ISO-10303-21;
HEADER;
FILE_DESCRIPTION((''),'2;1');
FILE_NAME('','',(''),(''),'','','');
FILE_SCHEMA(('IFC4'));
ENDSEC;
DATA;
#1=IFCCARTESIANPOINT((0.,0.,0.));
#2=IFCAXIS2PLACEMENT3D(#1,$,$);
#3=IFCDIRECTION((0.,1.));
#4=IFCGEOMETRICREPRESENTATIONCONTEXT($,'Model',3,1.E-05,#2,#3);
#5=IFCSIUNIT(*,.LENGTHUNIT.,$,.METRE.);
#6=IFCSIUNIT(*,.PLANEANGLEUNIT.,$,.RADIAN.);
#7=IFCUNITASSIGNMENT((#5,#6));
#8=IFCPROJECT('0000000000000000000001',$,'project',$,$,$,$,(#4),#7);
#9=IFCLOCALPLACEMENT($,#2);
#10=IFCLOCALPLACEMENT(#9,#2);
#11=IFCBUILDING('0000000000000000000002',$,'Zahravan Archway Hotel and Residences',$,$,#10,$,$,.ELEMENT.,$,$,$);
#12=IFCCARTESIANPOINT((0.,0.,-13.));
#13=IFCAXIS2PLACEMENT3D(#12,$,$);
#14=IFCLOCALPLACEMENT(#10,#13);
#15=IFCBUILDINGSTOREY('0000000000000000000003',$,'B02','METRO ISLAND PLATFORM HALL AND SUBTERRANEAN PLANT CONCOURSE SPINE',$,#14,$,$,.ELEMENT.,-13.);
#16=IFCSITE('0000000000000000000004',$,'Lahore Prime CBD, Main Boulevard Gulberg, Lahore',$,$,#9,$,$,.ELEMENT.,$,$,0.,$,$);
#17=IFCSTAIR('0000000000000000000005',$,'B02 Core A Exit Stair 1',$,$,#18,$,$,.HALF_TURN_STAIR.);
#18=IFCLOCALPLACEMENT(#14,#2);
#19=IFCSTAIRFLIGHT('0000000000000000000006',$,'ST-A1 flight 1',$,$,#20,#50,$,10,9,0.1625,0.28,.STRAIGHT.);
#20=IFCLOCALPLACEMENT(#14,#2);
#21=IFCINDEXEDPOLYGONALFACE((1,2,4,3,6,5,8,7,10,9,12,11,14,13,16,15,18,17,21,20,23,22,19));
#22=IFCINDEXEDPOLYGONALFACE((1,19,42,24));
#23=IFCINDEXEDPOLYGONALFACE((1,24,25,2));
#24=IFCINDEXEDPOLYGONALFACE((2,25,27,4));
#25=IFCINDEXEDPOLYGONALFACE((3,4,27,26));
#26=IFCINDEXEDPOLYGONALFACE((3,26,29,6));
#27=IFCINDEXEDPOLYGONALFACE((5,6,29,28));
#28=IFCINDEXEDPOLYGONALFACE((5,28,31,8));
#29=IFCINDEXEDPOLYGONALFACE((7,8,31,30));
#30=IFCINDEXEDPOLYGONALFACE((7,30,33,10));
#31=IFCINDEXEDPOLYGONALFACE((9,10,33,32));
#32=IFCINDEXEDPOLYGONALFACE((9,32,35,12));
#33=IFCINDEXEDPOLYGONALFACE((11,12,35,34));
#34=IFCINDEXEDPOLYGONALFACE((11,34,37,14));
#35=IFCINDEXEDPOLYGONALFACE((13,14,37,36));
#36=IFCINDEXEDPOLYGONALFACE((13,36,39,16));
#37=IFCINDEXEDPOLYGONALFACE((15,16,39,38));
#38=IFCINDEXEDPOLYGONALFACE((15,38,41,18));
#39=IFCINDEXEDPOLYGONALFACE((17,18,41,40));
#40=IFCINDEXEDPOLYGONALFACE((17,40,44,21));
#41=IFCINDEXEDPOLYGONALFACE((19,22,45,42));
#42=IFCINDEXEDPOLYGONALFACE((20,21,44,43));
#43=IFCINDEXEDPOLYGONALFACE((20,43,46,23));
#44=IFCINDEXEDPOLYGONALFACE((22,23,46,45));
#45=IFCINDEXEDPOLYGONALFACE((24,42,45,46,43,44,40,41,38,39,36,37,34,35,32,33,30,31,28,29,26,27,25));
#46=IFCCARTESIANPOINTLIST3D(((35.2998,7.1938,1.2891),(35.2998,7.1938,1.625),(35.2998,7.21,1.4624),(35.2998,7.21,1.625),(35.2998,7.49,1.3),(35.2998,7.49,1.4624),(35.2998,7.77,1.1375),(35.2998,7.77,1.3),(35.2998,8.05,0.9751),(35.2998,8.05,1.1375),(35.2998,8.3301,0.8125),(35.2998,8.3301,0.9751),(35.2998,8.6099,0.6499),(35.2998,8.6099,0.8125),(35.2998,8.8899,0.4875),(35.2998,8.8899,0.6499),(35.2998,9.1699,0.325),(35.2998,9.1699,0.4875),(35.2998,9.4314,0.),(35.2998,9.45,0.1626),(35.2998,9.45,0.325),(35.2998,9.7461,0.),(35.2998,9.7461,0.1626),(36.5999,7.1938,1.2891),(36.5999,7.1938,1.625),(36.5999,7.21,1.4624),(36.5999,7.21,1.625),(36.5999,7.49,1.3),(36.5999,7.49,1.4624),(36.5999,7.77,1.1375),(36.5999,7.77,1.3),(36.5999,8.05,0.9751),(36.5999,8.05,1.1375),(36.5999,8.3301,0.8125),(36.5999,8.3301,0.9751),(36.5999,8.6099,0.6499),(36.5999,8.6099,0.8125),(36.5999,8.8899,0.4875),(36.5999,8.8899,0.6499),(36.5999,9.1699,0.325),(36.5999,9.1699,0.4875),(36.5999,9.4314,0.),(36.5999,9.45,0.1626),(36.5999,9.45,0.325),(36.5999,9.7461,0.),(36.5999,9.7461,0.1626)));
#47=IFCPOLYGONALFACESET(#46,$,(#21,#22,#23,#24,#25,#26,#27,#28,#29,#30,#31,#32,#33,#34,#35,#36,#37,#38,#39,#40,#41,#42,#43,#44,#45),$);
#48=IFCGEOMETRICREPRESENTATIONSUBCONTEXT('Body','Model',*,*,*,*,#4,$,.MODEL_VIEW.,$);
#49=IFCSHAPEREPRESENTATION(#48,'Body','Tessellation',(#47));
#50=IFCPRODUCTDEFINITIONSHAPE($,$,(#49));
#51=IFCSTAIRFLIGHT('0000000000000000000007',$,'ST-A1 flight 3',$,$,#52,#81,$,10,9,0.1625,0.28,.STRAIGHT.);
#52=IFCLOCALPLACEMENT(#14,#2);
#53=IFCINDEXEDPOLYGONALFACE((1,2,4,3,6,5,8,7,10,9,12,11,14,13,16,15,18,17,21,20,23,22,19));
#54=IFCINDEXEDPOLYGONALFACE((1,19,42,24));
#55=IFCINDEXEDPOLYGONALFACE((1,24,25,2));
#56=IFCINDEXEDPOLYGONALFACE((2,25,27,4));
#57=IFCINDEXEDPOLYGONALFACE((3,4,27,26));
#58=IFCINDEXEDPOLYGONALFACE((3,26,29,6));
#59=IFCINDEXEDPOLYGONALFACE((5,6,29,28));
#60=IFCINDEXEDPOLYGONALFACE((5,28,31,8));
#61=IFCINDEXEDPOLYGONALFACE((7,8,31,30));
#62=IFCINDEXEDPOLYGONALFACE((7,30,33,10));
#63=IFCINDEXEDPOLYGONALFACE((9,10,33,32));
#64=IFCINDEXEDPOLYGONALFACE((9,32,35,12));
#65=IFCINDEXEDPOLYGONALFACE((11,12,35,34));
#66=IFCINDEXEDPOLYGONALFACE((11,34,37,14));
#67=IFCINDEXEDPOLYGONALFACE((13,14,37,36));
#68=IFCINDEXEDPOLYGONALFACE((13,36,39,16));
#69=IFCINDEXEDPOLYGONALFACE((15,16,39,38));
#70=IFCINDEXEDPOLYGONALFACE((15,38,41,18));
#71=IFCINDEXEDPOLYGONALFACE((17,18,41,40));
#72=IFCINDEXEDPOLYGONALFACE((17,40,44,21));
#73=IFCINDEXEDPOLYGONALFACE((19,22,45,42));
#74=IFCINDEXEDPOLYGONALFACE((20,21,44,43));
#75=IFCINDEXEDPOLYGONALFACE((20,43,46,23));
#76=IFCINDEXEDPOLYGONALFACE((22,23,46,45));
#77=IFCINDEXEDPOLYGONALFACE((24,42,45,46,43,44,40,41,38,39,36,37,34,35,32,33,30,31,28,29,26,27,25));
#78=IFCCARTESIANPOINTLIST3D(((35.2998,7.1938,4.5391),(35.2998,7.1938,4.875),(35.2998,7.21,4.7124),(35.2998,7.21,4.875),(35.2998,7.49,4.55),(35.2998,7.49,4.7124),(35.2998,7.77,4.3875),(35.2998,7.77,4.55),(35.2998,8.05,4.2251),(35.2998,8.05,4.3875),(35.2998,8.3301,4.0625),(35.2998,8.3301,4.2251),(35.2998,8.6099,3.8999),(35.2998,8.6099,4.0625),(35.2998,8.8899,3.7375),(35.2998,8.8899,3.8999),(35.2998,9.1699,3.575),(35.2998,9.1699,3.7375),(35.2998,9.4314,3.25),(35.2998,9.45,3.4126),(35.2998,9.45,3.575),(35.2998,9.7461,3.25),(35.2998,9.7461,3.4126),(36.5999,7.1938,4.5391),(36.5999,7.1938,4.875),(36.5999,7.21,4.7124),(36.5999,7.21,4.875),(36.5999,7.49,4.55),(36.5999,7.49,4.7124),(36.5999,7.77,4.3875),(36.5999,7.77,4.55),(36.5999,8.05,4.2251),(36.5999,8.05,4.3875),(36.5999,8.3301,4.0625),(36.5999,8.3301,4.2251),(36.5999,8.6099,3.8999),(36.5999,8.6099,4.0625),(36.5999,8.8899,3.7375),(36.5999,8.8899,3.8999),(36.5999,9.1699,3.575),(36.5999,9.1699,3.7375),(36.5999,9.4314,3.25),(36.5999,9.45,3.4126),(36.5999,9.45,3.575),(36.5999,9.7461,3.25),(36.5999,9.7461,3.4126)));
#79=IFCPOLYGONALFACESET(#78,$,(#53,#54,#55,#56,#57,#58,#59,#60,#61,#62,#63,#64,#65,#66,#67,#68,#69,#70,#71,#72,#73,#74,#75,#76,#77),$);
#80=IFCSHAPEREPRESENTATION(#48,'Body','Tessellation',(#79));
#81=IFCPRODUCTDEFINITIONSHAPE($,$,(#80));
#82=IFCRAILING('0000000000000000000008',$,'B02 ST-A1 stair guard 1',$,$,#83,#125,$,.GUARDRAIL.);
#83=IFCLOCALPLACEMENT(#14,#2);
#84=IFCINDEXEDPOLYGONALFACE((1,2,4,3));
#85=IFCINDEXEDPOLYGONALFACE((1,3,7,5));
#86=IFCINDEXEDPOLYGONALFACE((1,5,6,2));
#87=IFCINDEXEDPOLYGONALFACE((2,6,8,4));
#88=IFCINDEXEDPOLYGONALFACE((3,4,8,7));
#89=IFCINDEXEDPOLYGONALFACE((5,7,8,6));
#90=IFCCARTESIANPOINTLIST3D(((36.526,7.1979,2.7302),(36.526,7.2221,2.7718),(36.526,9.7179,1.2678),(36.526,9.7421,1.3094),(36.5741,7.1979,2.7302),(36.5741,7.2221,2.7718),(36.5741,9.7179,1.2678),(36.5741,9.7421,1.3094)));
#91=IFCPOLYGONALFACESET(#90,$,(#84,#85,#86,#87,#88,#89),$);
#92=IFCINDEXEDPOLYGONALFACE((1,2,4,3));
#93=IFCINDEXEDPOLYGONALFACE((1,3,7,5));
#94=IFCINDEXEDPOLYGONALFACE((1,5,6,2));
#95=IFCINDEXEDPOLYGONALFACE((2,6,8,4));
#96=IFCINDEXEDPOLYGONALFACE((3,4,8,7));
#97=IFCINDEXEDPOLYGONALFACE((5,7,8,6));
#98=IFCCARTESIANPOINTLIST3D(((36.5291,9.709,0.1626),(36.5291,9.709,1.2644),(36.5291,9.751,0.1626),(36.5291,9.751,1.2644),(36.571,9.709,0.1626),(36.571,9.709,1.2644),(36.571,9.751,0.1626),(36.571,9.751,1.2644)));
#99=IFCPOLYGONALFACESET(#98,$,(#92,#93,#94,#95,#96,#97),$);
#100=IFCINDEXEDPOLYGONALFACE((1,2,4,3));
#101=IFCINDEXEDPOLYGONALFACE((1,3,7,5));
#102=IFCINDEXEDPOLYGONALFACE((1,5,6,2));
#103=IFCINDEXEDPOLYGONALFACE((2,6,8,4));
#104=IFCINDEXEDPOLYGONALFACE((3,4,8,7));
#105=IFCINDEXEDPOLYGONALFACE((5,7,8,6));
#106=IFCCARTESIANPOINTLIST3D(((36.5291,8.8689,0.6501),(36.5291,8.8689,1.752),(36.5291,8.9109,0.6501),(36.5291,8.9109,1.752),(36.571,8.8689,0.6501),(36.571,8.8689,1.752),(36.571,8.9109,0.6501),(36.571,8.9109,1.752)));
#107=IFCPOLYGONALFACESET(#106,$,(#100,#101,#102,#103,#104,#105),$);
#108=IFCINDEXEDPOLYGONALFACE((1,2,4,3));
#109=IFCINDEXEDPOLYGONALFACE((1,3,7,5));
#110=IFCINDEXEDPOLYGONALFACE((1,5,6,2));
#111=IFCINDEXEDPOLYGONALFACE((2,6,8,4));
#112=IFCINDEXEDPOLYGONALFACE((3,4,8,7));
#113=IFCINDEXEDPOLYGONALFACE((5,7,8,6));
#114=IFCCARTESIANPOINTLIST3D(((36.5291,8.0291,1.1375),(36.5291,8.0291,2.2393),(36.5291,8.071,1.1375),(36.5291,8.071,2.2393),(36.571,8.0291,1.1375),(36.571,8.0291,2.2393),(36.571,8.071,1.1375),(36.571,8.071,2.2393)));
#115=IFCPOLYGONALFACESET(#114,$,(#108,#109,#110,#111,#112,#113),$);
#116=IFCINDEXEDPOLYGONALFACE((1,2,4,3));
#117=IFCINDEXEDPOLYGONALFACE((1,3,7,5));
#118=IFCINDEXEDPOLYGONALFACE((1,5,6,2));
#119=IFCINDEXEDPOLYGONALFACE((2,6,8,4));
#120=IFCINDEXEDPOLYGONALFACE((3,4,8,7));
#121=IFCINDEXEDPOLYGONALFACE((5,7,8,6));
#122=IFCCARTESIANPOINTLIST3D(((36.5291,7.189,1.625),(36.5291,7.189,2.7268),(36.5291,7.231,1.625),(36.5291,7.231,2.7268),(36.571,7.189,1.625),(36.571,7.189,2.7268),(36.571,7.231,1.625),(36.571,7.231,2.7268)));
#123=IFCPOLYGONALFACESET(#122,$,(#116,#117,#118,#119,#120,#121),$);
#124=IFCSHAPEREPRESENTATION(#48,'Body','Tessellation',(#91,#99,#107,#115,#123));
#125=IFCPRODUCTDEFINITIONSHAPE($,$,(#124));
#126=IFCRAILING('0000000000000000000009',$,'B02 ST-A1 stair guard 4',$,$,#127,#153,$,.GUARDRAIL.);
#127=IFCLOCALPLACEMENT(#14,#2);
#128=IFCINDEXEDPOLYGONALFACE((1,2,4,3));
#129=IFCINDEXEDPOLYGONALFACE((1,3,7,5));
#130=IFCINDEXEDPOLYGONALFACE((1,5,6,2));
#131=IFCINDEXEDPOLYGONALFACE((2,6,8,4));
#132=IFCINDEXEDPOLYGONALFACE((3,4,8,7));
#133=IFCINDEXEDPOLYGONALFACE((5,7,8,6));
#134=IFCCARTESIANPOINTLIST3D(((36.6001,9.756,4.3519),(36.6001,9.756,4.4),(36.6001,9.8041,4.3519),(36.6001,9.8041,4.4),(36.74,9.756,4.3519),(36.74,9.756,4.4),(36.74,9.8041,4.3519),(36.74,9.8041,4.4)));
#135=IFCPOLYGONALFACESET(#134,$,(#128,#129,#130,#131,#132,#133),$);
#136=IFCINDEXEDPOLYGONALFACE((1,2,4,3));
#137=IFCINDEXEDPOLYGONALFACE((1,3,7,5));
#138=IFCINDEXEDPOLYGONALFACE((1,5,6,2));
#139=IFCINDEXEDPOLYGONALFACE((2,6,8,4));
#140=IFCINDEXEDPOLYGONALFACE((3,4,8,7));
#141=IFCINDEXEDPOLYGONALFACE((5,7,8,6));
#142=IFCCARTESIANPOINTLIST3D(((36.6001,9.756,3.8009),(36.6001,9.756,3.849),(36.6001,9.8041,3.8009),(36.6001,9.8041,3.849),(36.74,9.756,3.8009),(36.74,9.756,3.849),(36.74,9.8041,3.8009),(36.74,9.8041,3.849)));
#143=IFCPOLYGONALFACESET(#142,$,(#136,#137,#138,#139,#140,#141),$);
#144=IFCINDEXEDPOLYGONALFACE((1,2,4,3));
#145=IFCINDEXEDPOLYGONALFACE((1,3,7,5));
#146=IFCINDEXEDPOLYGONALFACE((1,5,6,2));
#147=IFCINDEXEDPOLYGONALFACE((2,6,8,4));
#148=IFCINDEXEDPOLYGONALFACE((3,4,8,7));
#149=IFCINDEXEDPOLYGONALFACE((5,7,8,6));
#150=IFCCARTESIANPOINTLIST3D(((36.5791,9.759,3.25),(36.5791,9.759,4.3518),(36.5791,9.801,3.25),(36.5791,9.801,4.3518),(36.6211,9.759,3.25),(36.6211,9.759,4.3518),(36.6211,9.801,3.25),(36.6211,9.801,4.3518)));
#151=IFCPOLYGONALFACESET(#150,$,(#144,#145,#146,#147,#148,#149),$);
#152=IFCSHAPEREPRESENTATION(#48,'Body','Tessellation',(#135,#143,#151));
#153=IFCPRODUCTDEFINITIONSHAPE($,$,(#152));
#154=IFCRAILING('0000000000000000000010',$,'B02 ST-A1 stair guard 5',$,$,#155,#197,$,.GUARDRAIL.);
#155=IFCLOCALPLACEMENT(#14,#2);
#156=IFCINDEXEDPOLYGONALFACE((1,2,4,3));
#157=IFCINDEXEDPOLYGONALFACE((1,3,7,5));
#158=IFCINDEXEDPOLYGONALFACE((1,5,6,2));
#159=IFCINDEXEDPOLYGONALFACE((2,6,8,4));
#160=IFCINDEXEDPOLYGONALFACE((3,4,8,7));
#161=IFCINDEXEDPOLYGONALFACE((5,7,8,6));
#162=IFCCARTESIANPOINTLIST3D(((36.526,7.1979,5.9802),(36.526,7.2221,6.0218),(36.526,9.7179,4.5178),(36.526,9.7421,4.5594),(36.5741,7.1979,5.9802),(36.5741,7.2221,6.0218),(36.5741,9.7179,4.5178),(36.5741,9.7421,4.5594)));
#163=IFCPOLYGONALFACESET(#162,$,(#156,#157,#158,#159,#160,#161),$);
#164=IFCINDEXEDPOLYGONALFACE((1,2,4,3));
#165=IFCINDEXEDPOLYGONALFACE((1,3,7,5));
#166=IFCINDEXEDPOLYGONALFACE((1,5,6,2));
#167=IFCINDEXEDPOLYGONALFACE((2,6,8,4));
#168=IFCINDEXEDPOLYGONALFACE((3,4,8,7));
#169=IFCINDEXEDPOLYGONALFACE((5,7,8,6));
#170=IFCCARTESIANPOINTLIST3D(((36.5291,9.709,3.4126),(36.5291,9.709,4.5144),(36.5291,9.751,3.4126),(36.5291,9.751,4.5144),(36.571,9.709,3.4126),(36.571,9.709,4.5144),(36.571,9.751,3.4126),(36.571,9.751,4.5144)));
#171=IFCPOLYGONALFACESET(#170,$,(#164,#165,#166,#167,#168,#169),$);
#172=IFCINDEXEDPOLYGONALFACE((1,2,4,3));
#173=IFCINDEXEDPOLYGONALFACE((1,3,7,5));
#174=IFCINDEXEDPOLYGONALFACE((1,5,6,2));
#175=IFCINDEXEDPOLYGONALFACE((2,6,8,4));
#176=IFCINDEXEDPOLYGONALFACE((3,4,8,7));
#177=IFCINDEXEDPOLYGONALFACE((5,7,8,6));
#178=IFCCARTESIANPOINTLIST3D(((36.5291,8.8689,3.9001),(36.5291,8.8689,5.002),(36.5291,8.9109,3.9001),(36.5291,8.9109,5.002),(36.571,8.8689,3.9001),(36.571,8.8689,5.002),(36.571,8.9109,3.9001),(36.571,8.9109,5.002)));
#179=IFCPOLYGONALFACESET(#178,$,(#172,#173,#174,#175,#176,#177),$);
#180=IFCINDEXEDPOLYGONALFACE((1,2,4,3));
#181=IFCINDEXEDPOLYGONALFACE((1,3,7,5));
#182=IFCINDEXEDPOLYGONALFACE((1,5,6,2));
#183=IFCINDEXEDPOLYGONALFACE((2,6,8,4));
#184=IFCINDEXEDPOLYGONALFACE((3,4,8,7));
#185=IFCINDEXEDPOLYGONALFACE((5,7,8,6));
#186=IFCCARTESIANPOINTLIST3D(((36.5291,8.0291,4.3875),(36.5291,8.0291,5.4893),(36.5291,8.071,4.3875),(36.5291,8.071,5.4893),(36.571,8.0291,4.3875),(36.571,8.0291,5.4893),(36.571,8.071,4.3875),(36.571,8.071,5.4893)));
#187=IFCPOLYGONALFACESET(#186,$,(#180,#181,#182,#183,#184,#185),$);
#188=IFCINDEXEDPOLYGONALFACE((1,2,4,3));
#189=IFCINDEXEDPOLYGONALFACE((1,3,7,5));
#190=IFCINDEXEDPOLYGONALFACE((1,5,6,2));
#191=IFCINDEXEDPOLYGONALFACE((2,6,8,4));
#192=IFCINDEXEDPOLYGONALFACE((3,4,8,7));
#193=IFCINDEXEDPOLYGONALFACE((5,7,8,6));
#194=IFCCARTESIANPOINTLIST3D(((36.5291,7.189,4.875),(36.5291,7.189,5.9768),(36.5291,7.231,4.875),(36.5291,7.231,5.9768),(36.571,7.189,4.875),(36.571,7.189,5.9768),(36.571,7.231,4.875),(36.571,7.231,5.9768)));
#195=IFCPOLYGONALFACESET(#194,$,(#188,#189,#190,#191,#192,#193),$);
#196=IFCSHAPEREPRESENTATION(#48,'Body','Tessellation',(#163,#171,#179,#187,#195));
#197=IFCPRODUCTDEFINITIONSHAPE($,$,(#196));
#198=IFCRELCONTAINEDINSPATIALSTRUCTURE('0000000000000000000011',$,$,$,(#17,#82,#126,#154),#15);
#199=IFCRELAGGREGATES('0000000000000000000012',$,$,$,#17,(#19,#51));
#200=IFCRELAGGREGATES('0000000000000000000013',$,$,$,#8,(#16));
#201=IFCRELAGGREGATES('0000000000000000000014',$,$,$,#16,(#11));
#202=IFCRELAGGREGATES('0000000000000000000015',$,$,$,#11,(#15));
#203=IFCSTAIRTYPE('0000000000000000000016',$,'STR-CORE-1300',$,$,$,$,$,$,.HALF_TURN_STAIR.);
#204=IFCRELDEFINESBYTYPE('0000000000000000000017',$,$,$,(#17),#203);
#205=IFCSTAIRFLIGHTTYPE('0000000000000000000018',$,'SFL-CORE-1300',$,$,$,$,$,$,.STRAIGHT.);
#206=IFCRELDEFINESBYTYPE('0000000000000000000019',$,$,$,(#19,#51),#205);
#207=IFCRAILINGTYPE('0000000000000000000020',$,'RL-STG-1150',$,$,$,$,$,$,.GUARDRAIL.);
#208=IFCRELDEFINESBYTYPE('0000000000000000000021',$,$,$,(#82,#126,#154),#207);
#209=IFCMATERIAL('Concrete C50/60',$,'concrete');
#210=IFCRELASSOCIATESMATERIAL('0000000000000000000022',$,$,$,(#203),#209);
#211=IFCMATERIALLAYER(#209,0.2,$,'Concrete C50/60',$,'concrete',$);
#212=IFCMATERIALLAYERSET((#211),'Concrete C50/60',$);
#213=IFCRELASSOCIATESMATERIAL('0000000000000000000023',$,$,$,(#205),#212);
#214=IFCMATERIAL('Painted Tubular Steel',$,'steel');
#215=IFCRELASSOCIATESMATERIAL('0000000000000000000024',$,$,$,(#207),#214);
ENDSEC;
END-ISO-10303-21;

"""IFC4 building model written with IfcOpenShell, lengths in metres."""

from ifc_helpers import new_model, si_unit, direction, frame, origin, origin_2d, place, context, subcontext, project, spatial, polyline, rectangle, outline, extrude, source, transform, mapped, material, layer, layer_set, type_object, type_shapes, element, aggregate, save


model = new_model("IFC4")

# Units and contexts
model_context = context("Model", 3, precision=1e-05, world=origin(), true_north=direction((0.0, 1.0)))
body_context = subcontext(model_context, "Body", "Model", "MODEL_VIEW")
ifc_project = project(units=[si_unit("LENGTHUNIT", "METRE"), si_unit("PLANEANGLEUNIT", "RADIAN")], contexts=[model_context])

# Site, building, storey
site_placement = place(None, origin())
site = spatial("IfcSite", under=ifc_project, at=site_placement, Name="Lahore Prime CBD, Main Boulevard Gulberg, Lahore", CompositionType="ELEMENT", RefElevation=0.0)
building_placement = place(site_placement, origin())
building = spatial("IfcBuilding", under=site, at=building_placement, Name="Zahravan Archway Hotel and Residences", CompositionType="ELEMENT")
storey_placement = place(building_placement, frame((0.0, 0.0, -13.0)))
storey = spatial("IfcBuildingStorey", under=building, at=storey_placement, Name="B02", Description="METRO ISLAND PLATFORM HALL AND SUBTERRANEAN PLANT CONCOURSE SPINE", CompositionType="ELEMENT", Elevation=-13.0)

# Shared definitions
ifc_material_1 = material(Name="Concrete C50/60", Category="concrete")

# Stair, stair flights
stair_type = type_object("IfcStairType", Name="STR-CORE-1300", PredefinedType="HALF_TURN_STAIR", material=ifc_material_1)
stair_placement = place(storey_placement, origin())
stair = element("IfcStair", 1, at=stair_placement, inside=storey, type_object=stair_type, Name="B02 Core A Exit Stair 1", PredefinedType="HALF_TURN_STAIR")
ifc_layer_1 = layer(ifc_material_1, 0.2, Name="Concrete C50/60", Category="concrete")
ifc_layer_set_1 = layer_set([ifc_layer_1], Name="Concrete C50/60")
stair_flight_type = type_object("IfcStairFlightType", Name="SFL-CORE-1300", PredefinedType="STRAIGHT", material=ifc_layer_set_1)
shared_shape_1 = source(origin(), body_context, "Body", "SweptSolid", [
    extrude(outline(polyline([(-0.0161, 0.0), (-0.0161, 0.1626), (0.28, 0.1626), (0.28, 0.325), (0.5601, 0.325), (0.5601, 0.4875), (0.8401, 0.4875), (0.8401, 0.6499), (1.1201, 0.6499), (1.1201, 0.8125), (1.3999, 0.8125), (1.3999, 0.9751), (1.6799, 0.9751), (1.6799, 1.1375), (1.96, 1.1375), (1.96, 1.3), (2.24, 1.3), (2.24, 1.4624), (2.52, 1.4624), (2.52, 1.625), (2.5361, 1.625), (2.5361, 1.2891), (0.2986, 0.0), (-0.0161, 0.0)])), frame((0.0, 0.6499, 0.0), z_axis=(0.0, -1.0, 0.0), x_axis=(1.0, 0.0, 0.0)), (0.0, 0.0, 1.0), 1.3),
])
type_shapes(stair_flight_type, [shared_shape_1])
stair_flight_1_placement = place(storey_placement, frame((35.95, 9.73, 0.0), z_axis=(0.0, 0.0, 1.0), x_axis=(0.0, -1.0, 0.0)))
stair_flight_1 = element("IfcStairFlight", 2, at=stair_flight_1_placement, type_object=stair_flight_type, Name="ST-A1 flight 1", NumberOfRisers=10, NumberOfTreads=9, PredefinedType="STRAIGHT", RiserHeight=0.1625, TreadLength=0.28, context=body_context, shape_type="MappedRepresentation", body=[
    mapped(shared_shape_1, transform((0.0, 0.0, 0.0), scale=1.0)),
])
stair_flight_2_placement = place(storey_placement, frame((35.95, 9.73, 3.25), z_axis=(0.0, 0.0, 1.0), x_axis=(0.0, -1.0, 0.0)))
stair_flight_2 = element("IfcStairFlight", 3, at=stair_flight_2_placement, type_object=stair_flight_type, Name="ST-A1 flight 3", NumberOfRisers=10, NumberOfTreads=9, PredefinedType="STRAIGHT", RiserHeight=0.1625, TreadLength=0.28, context=body_context, shape_type="MappedRepresentation", body=[
    mapped(shared_shape_1, transform((0.0, 0.0, 0.0), scale=1.0)),
])
aggregate(stair, [stair_flight_1, stair_flight_2])

# Railings
ifc_material_2 = material(Name="Painted Tubular Steel", Category="steel")
railing_type_1 = type_object("IfcRailingType", Name="RL-STG-1150", PredefinedType="GUARDRAIL", material=ifc_material_2)
railing_1_placement = place(storey_placement, frame((36.55, 9.73, 0.1626)))
element("IfcRailing", 4, at=railing_1_placement, inside=storey, type_object=railing_type_1, Name="B02 ST-A1 stair guard 1", PredefinedType="GUARDRAIL", context=body_context, shape_type="SweptSolid", body=[
    extrude(rectangle(XDim=0.0481, YDim=0.0481, at=origin_2d()), frame((0.0, 0.0, 1.126), z_axis=(0.0, -0.864913, 0.501921), x_axis=(1.0, 0.0, 0.0)), (0.0, 0.0, 1.0), 2.9136),
    extrude(rectangle(XDim=0.042, YDim=0.042, at=origin_2d()), origin(), (0.0, 0.0, 1.0), 1.1018),
    extrude(rectangle(XDim=0.042, YDim=0.042, at=origin_2d()), frame((0.0, -0.8401, 0.4875)), (0.0, 0.0, 1.0), 1.1018),
    extrude(rectangle(XDim=0.042, YDim=0.042, at=origin_2d()), frame((0.0, -1.6799, 0.9749)), (0.0, 0.0, 1.0), 1.1018),
    extrude(rectangle(XDim=0.042, YDim=0.042, at=origin_2d()), frame((0.0, -2.52, 1.4624)), (0.0, 0.0, 1.0), 1.1018),
])
railing_2_placement = place(storey_placement, frame((36.6001, 9.78, 3.25)))
element("IfcRailing", 5, at=railing_2_placement, inside=storey, type_object=railing_type_1, Name="B02 ST-A1 stair guard 4", PredefinedType="GUARDRAIL", context=body_context, shape_type="SweptSolid", body=[
    extrude(rectangle(XDim=0.0481, YDim=0.0481, at=origin_2d()), frame((0.0, 0.0, 1.126), z_axis=(1.0, 0.0, 0.0), x_axis=(0.0, 1.0, 0.0)), (0.0, 0.0, 1.0), 0.1399),
    extrude(rectangle(XDim=0.0481, YDim=0.0481, at=origin_2d()), frame((0.0, 0.0, 0.575), z_axis=(1.0, 0.0, 0.0), x_axis=(0.0, 1.0, 0.0)), (0.0, 0.0, 1.0), 0.1399),
    extrude(rectangle(XDim=0.042, YDim=0.042, at=origin_2d()), origin(), (0.0, 0.0, 1.0), 1.1018),
])
railing_3_placement = place(storey_placement, frame((36.55, 9.73, 3.4126)))
element("IfcRailing", 6, at=railing_3_placement, inside=storey, type_object=railing_type_1, Name="B02 ST-A1 stair guard 5", PredefinedType="GUARDRAIL", context=body_context, shape_type="SweptSolid", body=[
    extrude(rectangle(XDim=0.0481, YDim=0.0481, at=origin_2d()), frame((0.0, 0.0, 1.126), z_axis=(0.0, -0.864913, 0.501921), x_axis=(1.0, 0.0, 0.0)), (0.0, 0.0, 1.0), 2.9136),
    extrude(rectangle(XDim=0.042, YDim=0.042, at=origin_2d()), origin(), (0.0, 0.0, 1.0), 1.1018),
    extrude(rectangle(XDim=0.042, YDim=0.042, at=origin_2d()), frame((0.0, -0.8401, 0.4875)), (0.0, 0.0, 1.0), 1.1018),
    extrude(rectangle(XDim=0.042, YDim=0.042, at=origin_2d()), frame((0.0, -1.6799, 0.9749)), (0.0, 0.0, 1.0), 1.1018),
    extrude(rectangle(XDim=0.042, YDim=0.042, at=origin_2d()), frame((0.0, -2.52, 1.4624)), (0.0, 0.0, 1.0), 1.1018),
])

save(model, "model.ifc")
